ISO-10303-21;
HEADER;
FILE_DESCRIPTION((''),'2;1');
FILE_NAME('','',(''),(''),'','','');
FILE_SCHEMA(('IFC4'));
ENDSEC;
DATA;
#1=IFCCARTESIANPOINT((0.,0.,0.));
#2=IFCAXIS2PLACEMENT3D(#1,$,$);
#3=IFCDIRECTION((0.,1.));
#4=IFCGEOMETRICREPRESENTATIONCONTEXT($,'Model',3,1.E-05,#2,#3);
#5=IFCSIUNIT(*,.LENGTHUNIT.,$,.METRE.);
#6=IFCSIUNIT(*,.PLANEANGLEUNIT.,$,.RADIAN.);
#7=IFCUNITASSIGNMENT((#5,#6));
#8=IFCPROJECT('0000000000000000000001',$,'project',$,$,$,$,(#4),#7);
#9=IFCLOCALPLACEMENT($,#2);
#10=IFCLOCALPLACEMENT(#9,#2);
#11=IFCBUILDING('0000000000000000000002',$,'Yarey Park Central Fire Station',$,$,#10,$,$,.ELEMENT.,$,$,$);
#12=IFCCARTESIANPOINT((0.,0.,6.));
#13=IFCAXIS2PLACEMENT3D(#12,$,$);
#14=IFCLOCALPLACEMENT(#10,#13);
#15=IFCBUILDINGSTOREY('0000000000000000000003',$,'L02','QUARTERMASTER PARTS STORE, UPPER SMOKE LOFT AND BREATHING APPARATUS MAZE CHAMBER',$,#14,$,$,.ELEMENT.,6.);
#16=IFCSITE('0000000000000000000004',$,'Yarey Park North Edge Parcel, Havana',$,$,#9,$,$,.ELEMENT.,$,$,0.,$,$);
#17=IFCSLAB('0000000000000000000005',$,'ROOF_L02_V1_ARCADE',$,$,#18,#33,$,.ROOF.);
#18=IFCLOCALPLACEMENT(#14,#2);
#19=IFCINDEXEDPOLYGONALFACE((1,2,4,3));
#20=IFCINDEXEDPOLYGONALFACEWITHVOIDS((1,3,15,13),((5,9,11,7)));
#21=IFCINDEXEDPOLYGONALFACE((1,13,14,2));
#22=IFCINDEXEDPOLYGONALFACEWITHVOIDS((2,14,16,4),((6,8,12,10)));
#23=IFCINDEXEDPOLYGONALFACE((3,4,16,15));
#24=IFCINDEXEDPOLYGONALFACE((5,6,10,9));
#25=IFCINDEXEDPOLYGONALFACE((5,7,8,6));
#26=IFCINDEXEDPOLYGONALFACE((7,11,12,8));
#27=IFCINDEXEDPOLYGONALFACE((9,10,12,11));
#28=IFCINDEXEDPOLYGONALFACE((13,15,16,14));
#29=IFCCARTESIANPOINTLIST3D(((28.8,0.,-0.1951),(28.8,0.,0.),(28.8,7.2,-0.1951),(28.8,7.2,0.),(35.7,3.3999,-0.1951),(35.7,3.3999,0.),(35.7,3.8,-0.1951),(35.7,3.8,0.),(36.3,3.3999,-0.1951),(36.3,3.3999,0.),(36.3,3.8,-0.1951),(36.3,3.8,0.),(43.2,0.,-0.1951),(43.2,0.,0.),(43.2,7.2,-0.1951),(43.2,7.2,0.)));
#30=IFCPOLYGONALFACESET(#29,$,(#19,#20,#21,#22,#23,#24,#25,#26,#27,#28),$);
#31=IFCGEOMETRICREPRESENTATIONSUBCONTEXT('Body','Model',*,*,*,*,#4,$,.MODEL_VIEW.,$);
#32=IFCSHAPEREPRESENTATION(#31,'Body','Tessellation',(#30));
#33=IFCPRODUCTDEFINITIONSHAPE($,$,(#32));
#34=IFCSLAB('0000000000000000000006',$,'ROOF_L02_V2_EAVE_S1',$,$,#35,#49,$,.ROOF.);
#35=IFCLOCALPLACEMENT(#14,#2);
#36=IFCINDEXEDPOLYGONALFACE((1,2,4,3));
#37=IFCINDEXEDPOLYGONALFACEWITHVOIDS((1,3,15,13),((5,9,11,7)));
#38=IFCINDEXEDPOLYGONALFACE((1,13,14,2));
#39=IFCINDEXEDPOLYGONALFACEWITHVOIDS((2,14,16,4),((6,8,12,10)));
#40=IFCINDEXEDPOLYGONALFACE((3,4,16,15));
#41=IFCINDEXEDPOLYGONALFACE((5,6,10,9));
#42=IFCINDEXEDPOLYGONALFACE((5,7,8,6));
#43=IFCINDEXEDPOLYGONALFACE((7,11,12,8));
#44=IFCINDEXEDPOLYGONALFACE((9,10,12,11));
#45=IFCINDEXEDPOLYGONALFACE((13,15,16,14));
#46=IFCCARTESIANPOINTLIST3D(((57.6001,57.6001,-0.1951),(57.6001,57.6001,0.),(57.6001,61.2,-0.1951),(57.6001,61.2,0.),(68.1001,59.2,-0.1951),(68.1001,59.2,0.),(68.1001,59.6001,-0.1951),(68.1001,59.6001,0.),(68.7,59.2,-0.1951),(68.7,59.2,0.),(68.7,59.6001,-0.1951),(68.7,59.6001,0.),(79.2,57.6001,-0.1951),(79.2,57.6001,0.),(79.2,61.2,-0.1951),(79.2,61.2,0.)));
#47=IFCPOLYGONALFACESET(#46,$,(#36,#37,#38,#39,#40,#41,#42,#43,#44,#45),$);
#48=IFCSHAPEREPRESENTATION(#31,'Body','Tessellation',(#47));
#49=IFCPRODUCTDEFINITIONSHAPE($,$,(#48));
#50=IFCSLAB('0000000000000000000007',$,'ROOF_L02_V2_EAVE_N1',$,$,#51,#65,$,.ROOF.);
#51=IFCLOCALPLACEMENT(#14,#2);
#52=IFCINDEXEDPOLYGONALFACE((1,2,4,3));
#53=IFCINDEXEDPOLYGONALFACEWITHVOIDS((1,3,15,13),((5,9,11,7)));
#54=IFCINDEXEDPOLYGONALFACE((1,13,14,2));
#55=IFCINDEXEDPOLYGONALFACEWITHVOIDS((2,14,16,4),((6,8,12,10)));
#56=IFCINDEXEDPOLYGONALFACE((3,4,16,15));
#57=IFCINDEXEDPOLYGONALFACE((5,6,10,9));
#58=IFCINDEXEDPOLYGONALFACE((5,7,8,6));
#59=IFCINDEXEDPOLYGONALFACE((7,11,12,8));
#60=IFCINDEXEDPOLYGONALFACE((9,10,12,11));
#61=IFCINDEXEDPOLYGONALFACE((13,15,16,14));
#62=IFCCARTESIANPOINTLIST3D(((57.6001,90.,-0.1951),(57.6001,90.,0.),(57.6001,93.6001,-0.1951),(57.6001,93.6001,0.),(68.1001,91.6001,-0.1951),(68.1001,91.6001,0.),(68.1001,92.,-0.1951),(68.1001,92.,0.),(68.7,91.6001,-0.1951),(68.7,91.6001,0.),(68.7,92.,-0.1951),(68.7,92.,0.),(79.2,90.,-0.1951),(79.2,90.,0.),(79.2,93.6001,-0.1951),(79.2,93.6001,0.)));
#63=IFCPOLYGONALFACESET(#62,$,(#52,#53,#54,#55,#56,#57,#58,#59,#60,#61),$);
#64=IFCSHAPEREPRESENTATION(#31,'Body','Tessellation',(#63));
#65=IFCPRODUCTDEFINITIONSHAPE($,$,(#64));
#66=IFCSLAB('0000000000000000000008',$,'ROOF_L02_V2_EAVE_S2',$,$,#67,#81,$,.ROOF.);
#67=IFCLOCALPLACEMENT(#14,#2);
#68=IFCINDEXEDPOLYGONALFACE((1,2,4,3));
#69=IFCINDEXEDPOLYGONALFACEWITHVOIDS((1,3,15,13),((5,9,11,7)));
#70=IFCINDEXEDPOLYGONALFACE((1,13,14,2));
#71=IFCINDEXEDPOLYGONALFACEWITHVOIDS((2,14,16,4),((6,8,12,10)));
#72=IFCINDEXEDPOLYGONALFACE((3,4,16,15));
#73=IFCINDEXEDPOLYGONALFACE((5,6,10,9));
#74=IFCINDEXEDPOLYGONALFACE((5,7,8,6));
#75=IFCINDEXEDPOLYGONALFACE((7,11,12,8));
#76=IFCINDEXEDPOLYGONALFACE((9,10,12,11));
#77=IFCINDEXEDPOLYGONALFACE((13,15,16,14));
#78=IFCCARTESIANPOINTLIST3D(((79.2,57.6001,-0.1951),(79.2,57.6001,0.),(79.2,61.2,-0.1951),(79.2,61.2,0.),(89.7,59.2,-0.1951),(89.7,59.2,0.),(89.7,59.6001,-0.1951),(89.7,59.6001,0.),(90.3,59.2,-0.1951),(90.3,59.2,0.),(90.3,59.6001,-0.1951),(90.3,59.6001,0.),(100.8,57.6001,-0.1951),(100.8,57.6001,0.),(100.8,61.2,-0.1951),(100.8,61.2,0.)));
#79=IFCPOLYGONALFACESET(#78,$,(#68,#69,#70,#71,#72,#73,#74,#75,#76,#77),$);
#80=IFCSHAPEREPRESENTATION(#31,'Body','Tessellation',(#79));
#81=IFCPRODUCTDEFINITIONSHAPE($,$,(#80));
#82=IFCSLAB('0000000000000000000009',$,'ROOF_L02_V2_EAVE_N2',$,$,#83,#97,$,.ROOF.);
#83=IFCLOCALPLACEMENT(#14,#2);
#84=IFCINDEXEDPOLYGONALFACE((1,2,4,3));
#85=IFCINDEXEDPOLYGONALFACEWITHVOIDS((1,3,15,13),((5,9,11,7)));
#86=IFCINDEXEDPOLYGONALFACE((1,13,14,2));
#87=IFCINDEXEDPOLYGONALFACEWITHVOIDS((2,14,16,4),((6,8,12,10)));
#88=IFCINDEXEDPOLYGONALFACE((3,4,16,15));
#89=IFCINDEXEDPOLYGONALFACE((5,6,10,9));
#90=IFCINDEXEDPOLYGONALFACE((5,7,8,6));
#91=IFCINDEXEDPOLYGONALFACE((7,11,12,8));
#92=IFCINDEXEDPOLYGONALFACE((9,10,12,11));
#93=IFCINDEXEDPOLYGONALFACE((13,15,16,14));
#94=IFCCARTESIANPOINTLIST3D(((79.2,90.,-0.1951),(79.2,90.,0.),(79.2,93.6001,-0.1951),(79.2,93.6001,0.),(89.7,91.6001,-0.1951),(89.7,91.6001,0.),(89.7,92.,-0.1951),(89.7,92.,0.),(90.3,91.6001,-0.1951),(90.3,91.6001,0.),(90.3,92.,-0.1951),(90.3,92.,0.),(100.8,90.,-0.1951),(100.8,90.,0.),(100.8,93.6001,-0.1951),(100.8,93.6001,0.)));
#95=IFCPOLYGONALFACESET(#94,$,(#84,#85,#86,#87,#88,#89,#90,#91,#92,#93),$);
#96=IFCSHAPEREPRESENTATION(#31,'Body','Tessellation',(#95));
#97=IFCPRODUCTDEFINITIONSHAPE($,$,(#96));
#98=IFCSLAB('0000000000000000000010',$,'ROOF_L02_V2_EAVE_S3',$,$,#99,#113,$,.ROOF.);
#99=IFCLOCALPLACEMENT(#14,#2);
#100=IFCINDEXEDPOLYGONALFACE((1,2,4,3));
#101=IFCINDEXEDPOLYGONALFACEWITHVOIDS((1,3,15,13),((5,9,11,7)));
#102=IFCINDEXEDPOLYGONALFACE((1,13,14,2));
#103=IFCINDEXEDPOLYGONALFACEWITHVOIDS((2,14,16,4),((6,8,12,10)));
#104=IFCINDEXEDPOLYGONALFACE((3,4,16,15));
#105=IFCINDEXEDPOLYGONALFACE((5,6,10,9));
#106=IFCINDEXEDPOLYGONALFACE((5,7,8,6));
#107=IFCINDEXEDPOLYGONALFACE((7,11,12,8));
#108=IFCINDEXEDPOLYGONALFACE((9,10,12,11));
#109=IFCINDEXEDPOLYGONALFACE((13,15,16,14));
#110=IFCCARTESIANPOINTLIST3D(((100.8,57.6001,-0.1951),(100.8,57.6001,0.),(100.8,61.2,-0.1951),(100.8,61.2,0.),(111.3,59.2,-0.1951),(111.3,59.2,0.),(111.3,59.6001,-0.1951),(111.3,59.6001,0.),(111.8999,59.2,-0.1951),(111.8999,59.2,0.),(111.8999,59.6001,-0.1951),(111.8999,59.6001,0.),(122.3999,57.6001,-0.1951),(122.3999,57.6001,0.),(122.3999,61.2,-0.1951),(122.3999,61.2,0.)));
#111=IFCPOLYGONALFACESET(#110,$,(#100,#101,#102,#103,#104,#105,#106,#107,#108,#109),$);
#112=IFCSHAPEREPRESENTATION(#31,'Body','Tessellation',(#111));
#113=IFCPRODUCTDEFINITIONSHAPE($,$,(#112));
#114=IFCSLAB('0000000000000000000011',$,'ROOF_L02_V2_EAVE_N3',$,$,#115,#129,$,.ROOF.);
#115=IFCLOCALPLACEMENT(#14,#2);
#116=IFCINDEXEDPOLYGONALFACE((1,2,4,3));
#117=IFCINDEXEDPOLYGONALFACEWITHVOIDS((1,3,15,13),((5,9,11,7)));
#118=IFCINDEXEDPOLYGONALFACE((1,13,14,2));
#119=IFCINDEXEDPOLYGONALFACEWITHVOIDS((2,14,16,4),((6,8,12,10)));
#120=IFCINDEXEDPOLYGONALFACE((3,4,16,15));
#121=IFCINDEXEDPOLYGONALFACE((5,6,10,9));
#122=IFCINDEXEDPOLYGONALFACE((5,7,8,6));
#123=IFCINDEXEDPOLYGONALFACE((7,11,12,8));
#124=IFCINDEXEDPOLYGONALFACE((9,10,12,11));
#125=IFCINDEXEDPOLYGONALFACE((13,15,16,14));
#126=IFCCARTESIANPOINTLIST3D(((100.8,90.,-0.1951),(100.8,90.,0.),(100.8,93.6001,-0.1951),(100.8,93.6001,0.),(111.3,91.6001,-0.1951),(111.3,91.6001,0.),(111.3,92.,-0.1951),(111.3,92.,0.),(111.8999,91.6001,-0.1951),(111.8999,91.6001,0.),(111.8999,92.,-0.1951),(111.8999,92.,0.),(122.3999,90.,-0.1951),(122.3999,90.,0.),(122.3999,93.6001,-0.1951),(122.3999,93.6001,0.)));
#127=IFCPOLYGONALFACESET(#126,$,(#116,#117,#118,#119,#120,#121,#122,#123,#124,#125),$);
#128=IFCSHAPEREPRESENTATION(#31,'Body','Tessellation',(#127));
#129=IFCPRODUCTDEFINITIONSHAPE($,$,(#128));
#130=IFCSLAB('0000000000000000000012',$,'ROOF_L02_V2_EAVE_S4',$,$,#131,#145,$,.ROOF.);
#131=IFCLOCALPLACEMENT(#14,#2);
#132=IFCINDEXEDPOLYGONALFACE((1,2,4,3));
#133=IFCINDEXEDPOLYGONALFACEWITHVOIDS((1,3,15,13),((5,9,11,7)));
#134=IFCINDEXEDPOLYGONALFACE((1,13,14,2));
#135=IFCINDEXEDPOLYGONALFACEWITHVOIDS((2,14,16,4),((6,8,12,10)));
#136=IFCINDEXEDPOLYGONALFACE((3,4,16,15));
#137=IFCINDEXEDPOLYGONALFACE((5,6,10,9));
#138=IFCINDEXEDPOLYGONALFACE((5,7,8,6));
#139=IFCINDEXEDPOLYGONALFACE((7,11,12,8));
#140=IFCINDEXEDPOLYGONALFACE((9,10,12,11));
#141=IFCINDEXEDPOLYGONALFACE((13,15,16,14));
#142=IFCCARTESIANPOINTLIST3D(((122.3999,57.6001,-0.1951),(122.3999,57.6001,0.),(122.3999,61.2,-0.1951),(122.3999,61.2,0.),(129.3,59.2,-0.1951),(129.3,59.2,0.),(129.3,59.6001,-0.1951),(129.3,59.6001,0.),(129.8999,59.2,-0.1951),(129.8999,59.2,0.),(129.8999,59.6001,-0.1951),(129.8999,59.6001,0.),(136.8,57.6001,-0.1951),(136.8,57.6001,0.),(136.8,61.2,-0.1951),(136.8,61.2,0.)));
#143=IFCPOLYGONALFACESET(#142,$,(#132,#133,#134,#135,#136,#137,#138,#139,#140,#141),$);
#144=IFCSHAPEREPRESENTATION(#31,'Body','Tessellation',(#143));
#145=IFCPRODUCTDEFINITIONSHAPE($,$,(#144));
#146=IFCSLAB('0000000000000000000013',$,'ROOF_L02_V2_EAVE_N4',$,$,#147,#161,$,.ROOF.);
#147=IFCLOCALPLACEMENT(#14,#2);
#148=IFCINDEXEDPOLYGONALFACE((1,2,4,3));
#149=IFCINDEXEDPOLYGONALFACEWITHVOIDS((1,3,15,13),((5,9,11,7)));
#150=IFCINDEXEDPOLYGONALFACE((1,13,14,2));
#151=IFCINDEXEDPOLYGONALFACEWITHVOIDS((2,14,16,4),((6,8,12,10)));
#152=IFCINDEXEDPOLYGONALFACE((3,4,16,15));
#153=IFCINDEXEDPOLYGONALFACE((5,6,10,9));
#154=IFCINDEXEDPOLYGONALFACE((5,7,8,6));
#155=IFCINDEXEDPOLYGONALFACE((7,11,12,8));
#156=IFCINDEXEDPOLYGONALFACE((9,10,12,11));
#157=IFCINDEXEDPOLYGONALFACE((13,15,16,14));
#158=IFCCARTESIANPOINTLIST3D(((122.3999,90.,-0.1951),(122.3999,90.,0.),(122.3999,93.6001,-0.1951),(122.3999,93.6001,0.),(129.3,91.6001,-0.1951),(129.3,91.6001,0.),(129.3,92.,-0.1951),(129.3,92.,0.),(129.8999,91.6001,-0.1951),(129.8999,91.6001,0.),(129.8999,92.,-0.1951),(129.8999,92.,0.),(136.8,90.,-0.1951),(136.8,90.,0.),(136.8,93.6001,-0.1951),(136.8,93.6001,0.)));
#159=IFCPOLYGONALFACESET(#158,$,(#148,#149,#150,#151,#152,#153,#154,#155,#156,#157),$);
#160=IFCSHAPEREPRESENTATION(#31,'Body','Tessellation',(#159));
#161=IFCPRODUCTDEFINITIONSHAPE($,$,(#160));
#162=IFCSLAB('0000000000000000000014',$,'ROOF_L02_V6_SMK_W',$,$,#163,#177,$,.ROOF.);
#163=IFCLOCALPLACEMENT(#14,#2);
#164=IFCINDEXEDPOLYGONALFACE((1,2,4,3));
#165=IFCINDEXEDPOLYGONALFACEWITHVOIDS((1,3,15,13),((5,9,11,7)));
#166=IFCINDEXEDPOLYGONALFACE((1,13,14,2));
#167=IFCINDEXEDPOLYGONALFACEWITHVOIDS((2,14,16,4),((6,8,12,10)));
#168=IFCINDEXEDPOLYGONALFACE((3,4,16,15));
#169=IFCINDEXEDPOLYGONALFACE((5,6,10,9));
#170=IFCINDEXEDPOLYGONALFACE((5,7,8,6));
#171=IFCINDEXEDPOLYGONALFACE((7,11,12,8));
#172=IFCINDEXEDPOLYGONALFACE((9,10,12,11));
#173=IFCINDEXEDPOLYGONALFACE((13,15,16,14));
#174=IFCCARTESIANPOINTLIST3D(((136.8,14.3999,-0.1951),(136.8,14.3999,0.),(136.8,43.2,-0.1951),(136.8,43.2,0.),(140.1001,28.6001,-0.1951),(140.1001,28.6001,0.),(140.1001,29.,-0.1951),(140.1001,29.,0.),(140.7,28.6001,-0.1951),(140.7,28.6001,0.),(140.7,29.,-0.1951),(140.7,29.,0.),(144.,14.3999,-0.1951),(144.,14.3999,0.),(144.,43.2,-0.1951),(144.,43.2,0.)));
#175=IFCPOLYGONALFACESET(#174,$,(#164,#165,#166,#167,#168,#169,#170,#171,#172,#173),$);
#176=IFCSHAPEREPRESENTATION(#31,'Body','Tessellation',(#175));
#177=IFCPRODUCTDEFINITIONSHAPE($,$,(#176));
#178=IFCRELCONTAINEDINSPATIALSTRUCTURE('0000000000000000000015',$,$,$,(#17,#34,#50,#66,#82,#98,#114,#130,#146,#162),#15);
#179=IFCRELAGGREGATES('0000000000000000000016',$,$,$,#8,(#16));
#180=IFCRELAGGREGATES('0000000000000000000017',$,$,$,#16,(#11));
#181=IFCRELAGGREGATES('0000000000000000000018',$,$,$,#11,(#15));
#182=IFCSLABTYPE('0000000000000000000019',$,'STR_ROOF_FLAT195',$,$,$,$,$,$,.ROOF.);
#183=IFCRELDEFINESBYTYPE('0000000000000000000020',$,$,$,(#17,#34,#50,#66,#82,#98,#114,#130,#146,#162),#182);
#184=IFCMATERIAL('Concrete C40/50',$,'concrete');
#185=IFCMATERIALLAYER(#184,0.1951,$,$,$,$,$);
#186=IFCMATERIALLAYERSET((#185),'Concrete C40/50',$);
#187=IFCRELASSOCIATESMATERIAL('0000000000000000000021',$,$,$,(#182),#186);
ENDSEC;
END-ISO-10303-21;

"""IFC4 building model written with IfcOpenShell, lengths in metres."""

from ifc_helpers import new_model, si_unit, direction, frame, origin, place, context, subcontext, project, spatial, polyline, outline, extrude, material, layer, layer_set, type_object, element, save


model = new_model("IFC4")

# Units and contexts
model_context = context("Model", 3, precision=1e-05, world=origin(), true_north=direction((0.0, 1.0)))
body_context = subcontext(model_context, "Body", "Model", "MODEL_VIEW")
ifc_project = project(units=[si_unit("LENGTHUNIT", "METRE"), si_unit("PLANEANGLEUNIT", "RADIAN")], contexts=[model_context])

# Site, building, storey
site_placement = place(None, origin())
site = spatial("IfcSite", under=ifc_project, at=site_placement, Name="Yarey Park North Edge Parcel, Havana", CompositionType="ELEMENT", RefElevation=0.0)
building_placement = place(site_placement, origin())
building = spatial("IfcBuilding", under=site, at=building_placement, Name="Yarey Park Central Fire Station", CompositionType="ELEMENT")
storey_placement = place(building_placement, frame((0.0, 0.0, 6.0)))
storey = spatial("IfcBuildingStorey", under=building, at=storey_placement, Name="L02", Description="QUARTERMASTER PARTS STORE, UPPER SMOKE LOFT AND BREATHING APPARATUS MAZE CHAMBER", CompositionType="ELEMENT", Elevation=6.0)

# Slabs
ifc_material_1 = material(Name="Concrete C40/50", Category="concrete")
ifc_layer_1 = layer(ifc_material_1, 0.1951)
ifc_layer_set_1 = layer_set([ifc_layer_1], Name="Concrete C40/50")
slab_type_1 = type_object("IfcSlabType", Name="STR_ROOF_FLAT195", PredefinedType="ROOF", material=ifc_layer_set_1)
slab_1_placement = place(storey_placement, frame((0.0, 0.0, -0.1951)))
element("IfcSlab", 1, at=slab_1_placement, inside=storey, type_object=slab_type_1, Name="ROOF_L02_V1_ARCADE", PredefinedType="ROOF", context=body_context, shape_type="SweptSolid", body=[
    extrude(outline(polyline([(28.8, 0.0), (43.2, 0.0), (43.2, 7.2), (28.8, 7.2), (28.8, 0.0)]), holes=[polyline([(35.7, 3.3999), (36.3, 3.3999), (36.3, 3.8), (35.7, 3.8), (35.7, 3.3999)])]), origin(), (0.0, 0.0, 1.0), 0.1951),
])
slab_2_placement = place(storey_placement, frame((0.0, 0.0, -0.1951)))
element("IfcSlab", 2, at=slab_2_placement, inside=storey, type_object=slab_type_1, Name="ROOF_L02_V2_EAVE_S1", PredefinedType="ROOF", context=body_context, shape_type="SweptSolid", body=[
    extrude(outline(polyline([(57.6001, 57.6001), (79.2, 57.6001), (79.2, 61.2), (57.6001, 61.2), (57.6001, 57.6001)]), holes=[polyline([(68.1001, 59.2), (68.7, 59.2), (68.7, 59.6001), (68.1001, 59.6001), (68.1001, 59.2)])]), origin(), (0.0, 0.0, 1.0), 0.1951),
])
slab_3_placement = place(storey_placement, frame((0.0, 0.0, -0.1951)))
element("IfcSlab", 3, at=slab_3_placement, inside=storey, type_object=slab_type_1, Name="ROOF_L02_V2_EAVE_N1", PredefinedType="ROOF", context=body_context, shape_type="SweptSolid", body=[
    extrude(outline(polyline([(57.6001, 90.0), (79.2, 90.0), (79.2, 93.6001), (57.6001, 93.6001), (57.6001, 90.0)]), holes=[polyline([(68.1001, 91.6001), (68.7, 91.6001), (68.7, 92.0), (68.1001, 92.0), (68.1001, 91.6001)])]), origin(), (0.0, 0.0, 1.0), 0.1951),
])
slab_4_placement = place(storey_placement, frame((0.0, 0.0, -0.1951)))
element("IfcSlab", 4, at=slab_4_placement, inside=storey, type_object=slab_type_1, Name="ROOF_L02_V2_EAVE_S2", PredefinedType="ROOF", context=body_context, shape_type="SweptSolid", body=[
    extrude(outline(polyline([(79.2, 57.6001), (100.8, 57.6001), (100.8, 61.2), (79.2, 61.2), (79.2, 57.6001)]), holes=[polyline([(89.7, 59.2), (90.3, 59.2), (90.3, 59.6001), (89.7, 59.6001), (89.7, 59.2)])]), origin(), (0.0, 0.0, 1.0), 0.1951),
])
slab_5_placement = place(storey_placement, frame((0.0, 0.0, -0.1951)))
element("IfcSlab", 5, at=slab_5_placement, inside=storey, type_object=slab_type_1, Name="ROOF_L02_V2_EAVE_N2", PredefinedType="ROOF", context=body_context, shape_type="SweptSolid", body=[
    extrude(outline(polyline([(79.2, 90.0), (100.8, 90.0), (100.8, 93.6001), (79.2, 93.6001), (79.2, 90.0)]), holes=[polyline([(89.7, 91.6001), (90.3, 91.6001), (90.3, 92.0), (89.7, 92.0), (89.7, 91.6001)])]), origin(), (0.0, 0.0, 1.0), 0.1951),
])
slab_6_placement = place(storey_placement, frame((0.0, 0.0, -0.1951)))
element("IfcSlab", 6, at=slab_6_placement, inside=storey, type_object=slab_type_1, Name="ROOF_L02_V2_EAVE_S3", PredefinedType="ROOF", context=body_context, shape_type="SweptSolid", body=[
    extrude(outline(polyline([(100.8, 57.6001), (122.3999, 57.6001), (122.3999, 61.2), (100.8, 61.2), (100.8, 57.6001)]), holes=[polyline([(111.3, 59.2), (111.8999, 59.2), (111.8999, 59.6001), (111.3, 59.6001), (111.3, 59.2)])]), origin(), (0.0, 0.0, 1.0), 0.1951),
])
slab_7_placement = place(storey_placement, frame((0.0, 0.0, -0.1951)))
element("IfcSlab", 7, at=slab_7_placement, inside=storey, type_object=slab_type_1, Name="ROOF_L02_V2_EAVE_N3", PredefinedType="ROOF", context=body_context, shape_type="SweptSolid", body=[
    extrude(outline(polyline([(100.8, 90.0), (122.3999, 90.0), (122.3999, 93.6001), (100.8, 93.6001), (100.8, 90.0)]), holes=[polyline([(111.3, 91.6001), (111.8999, 91.6001), (111.8999, 92.0), (111.3, 92.0), (111.3, 91.6001)])]), origin(), (0.0, 0.0, 1.0), 0.1951),
])
slab_8_placement = place(storey_placement, frame((0.0, 0.0, -0.1951)))
element("IfcSlab", 8, at=slab_8_placement, inside=storey, type_object=slab_type_1, Name="ROOF_L02_V2_EAVE_S4", PredefinedType="ROOF", context=body_context, shape_type="SweptSolid", body=[
    extrude(outline(polyline([(122.3999, 57.6001), (136.8, 57.6001), (136.8, 61.2), (122.3999, 61.2), (122.3999, 57.6001)]), holes=[polyline([(129.3, 59.2), (129.8999, 59.2), (129.8999, 59.6001), (129.3, 59.6001), (129.3, 59.2)])]), origin(), (0.0, 0.0, 1.0), 0.1951),
])
slab_9_placement = place(storey_placement, frame((0.0, 0.0, -0.1951)))
element("IfcSlab", 9, at=slab_9_placement, inside=storey, type_object=slab_type_1, Name="ROOF_L02_V2_EAVE_N4", PredefinedType="ROOF", context=body_context, shape_type="SweptSolid", body=[
    extrude(outline(polyline([(122.3999, 90.0), (136.8, 90.0), (136.8, 93.6001), (122.3999, 93.6001), (122.3999, 90.0)]), holes=[polyline([(129.3, 91.6001), (129.8999, 91.6001), (129.8999, 92.0), (129.3, 92.0), (129.3, 91.6001)])]), origin(), (0.0, 0.0, 1.0), 0.1951),
])
slab_10_placement = place(storey_placement, frame((0.0, 0.0, -0.1951)))
element("IfcSlab", 10, at=slab_10_placement, inside=storey, type_object=slab_type_1, Name="ROOF_L02_V6_SMK_W", PredefinedType="ROOF", context=body_context, shape_type="SweptSolid", body=[
    extrude(outline(polyline([(136.8, 14.3999), (144.0, 14.3999), (144.0, 43.2), (136.8, 43.2), (136.8, 14.3999)]), holes=[polyline([(140.1001, 28.6001), (140.7, 28.6001), (140.7, 29.0), (140.1001, 29.0), (140.1001, 28.6001)])]), origin(), (0.0, 0.0, 1.0), 0.1951),
])

save(model, "model.ifc")
